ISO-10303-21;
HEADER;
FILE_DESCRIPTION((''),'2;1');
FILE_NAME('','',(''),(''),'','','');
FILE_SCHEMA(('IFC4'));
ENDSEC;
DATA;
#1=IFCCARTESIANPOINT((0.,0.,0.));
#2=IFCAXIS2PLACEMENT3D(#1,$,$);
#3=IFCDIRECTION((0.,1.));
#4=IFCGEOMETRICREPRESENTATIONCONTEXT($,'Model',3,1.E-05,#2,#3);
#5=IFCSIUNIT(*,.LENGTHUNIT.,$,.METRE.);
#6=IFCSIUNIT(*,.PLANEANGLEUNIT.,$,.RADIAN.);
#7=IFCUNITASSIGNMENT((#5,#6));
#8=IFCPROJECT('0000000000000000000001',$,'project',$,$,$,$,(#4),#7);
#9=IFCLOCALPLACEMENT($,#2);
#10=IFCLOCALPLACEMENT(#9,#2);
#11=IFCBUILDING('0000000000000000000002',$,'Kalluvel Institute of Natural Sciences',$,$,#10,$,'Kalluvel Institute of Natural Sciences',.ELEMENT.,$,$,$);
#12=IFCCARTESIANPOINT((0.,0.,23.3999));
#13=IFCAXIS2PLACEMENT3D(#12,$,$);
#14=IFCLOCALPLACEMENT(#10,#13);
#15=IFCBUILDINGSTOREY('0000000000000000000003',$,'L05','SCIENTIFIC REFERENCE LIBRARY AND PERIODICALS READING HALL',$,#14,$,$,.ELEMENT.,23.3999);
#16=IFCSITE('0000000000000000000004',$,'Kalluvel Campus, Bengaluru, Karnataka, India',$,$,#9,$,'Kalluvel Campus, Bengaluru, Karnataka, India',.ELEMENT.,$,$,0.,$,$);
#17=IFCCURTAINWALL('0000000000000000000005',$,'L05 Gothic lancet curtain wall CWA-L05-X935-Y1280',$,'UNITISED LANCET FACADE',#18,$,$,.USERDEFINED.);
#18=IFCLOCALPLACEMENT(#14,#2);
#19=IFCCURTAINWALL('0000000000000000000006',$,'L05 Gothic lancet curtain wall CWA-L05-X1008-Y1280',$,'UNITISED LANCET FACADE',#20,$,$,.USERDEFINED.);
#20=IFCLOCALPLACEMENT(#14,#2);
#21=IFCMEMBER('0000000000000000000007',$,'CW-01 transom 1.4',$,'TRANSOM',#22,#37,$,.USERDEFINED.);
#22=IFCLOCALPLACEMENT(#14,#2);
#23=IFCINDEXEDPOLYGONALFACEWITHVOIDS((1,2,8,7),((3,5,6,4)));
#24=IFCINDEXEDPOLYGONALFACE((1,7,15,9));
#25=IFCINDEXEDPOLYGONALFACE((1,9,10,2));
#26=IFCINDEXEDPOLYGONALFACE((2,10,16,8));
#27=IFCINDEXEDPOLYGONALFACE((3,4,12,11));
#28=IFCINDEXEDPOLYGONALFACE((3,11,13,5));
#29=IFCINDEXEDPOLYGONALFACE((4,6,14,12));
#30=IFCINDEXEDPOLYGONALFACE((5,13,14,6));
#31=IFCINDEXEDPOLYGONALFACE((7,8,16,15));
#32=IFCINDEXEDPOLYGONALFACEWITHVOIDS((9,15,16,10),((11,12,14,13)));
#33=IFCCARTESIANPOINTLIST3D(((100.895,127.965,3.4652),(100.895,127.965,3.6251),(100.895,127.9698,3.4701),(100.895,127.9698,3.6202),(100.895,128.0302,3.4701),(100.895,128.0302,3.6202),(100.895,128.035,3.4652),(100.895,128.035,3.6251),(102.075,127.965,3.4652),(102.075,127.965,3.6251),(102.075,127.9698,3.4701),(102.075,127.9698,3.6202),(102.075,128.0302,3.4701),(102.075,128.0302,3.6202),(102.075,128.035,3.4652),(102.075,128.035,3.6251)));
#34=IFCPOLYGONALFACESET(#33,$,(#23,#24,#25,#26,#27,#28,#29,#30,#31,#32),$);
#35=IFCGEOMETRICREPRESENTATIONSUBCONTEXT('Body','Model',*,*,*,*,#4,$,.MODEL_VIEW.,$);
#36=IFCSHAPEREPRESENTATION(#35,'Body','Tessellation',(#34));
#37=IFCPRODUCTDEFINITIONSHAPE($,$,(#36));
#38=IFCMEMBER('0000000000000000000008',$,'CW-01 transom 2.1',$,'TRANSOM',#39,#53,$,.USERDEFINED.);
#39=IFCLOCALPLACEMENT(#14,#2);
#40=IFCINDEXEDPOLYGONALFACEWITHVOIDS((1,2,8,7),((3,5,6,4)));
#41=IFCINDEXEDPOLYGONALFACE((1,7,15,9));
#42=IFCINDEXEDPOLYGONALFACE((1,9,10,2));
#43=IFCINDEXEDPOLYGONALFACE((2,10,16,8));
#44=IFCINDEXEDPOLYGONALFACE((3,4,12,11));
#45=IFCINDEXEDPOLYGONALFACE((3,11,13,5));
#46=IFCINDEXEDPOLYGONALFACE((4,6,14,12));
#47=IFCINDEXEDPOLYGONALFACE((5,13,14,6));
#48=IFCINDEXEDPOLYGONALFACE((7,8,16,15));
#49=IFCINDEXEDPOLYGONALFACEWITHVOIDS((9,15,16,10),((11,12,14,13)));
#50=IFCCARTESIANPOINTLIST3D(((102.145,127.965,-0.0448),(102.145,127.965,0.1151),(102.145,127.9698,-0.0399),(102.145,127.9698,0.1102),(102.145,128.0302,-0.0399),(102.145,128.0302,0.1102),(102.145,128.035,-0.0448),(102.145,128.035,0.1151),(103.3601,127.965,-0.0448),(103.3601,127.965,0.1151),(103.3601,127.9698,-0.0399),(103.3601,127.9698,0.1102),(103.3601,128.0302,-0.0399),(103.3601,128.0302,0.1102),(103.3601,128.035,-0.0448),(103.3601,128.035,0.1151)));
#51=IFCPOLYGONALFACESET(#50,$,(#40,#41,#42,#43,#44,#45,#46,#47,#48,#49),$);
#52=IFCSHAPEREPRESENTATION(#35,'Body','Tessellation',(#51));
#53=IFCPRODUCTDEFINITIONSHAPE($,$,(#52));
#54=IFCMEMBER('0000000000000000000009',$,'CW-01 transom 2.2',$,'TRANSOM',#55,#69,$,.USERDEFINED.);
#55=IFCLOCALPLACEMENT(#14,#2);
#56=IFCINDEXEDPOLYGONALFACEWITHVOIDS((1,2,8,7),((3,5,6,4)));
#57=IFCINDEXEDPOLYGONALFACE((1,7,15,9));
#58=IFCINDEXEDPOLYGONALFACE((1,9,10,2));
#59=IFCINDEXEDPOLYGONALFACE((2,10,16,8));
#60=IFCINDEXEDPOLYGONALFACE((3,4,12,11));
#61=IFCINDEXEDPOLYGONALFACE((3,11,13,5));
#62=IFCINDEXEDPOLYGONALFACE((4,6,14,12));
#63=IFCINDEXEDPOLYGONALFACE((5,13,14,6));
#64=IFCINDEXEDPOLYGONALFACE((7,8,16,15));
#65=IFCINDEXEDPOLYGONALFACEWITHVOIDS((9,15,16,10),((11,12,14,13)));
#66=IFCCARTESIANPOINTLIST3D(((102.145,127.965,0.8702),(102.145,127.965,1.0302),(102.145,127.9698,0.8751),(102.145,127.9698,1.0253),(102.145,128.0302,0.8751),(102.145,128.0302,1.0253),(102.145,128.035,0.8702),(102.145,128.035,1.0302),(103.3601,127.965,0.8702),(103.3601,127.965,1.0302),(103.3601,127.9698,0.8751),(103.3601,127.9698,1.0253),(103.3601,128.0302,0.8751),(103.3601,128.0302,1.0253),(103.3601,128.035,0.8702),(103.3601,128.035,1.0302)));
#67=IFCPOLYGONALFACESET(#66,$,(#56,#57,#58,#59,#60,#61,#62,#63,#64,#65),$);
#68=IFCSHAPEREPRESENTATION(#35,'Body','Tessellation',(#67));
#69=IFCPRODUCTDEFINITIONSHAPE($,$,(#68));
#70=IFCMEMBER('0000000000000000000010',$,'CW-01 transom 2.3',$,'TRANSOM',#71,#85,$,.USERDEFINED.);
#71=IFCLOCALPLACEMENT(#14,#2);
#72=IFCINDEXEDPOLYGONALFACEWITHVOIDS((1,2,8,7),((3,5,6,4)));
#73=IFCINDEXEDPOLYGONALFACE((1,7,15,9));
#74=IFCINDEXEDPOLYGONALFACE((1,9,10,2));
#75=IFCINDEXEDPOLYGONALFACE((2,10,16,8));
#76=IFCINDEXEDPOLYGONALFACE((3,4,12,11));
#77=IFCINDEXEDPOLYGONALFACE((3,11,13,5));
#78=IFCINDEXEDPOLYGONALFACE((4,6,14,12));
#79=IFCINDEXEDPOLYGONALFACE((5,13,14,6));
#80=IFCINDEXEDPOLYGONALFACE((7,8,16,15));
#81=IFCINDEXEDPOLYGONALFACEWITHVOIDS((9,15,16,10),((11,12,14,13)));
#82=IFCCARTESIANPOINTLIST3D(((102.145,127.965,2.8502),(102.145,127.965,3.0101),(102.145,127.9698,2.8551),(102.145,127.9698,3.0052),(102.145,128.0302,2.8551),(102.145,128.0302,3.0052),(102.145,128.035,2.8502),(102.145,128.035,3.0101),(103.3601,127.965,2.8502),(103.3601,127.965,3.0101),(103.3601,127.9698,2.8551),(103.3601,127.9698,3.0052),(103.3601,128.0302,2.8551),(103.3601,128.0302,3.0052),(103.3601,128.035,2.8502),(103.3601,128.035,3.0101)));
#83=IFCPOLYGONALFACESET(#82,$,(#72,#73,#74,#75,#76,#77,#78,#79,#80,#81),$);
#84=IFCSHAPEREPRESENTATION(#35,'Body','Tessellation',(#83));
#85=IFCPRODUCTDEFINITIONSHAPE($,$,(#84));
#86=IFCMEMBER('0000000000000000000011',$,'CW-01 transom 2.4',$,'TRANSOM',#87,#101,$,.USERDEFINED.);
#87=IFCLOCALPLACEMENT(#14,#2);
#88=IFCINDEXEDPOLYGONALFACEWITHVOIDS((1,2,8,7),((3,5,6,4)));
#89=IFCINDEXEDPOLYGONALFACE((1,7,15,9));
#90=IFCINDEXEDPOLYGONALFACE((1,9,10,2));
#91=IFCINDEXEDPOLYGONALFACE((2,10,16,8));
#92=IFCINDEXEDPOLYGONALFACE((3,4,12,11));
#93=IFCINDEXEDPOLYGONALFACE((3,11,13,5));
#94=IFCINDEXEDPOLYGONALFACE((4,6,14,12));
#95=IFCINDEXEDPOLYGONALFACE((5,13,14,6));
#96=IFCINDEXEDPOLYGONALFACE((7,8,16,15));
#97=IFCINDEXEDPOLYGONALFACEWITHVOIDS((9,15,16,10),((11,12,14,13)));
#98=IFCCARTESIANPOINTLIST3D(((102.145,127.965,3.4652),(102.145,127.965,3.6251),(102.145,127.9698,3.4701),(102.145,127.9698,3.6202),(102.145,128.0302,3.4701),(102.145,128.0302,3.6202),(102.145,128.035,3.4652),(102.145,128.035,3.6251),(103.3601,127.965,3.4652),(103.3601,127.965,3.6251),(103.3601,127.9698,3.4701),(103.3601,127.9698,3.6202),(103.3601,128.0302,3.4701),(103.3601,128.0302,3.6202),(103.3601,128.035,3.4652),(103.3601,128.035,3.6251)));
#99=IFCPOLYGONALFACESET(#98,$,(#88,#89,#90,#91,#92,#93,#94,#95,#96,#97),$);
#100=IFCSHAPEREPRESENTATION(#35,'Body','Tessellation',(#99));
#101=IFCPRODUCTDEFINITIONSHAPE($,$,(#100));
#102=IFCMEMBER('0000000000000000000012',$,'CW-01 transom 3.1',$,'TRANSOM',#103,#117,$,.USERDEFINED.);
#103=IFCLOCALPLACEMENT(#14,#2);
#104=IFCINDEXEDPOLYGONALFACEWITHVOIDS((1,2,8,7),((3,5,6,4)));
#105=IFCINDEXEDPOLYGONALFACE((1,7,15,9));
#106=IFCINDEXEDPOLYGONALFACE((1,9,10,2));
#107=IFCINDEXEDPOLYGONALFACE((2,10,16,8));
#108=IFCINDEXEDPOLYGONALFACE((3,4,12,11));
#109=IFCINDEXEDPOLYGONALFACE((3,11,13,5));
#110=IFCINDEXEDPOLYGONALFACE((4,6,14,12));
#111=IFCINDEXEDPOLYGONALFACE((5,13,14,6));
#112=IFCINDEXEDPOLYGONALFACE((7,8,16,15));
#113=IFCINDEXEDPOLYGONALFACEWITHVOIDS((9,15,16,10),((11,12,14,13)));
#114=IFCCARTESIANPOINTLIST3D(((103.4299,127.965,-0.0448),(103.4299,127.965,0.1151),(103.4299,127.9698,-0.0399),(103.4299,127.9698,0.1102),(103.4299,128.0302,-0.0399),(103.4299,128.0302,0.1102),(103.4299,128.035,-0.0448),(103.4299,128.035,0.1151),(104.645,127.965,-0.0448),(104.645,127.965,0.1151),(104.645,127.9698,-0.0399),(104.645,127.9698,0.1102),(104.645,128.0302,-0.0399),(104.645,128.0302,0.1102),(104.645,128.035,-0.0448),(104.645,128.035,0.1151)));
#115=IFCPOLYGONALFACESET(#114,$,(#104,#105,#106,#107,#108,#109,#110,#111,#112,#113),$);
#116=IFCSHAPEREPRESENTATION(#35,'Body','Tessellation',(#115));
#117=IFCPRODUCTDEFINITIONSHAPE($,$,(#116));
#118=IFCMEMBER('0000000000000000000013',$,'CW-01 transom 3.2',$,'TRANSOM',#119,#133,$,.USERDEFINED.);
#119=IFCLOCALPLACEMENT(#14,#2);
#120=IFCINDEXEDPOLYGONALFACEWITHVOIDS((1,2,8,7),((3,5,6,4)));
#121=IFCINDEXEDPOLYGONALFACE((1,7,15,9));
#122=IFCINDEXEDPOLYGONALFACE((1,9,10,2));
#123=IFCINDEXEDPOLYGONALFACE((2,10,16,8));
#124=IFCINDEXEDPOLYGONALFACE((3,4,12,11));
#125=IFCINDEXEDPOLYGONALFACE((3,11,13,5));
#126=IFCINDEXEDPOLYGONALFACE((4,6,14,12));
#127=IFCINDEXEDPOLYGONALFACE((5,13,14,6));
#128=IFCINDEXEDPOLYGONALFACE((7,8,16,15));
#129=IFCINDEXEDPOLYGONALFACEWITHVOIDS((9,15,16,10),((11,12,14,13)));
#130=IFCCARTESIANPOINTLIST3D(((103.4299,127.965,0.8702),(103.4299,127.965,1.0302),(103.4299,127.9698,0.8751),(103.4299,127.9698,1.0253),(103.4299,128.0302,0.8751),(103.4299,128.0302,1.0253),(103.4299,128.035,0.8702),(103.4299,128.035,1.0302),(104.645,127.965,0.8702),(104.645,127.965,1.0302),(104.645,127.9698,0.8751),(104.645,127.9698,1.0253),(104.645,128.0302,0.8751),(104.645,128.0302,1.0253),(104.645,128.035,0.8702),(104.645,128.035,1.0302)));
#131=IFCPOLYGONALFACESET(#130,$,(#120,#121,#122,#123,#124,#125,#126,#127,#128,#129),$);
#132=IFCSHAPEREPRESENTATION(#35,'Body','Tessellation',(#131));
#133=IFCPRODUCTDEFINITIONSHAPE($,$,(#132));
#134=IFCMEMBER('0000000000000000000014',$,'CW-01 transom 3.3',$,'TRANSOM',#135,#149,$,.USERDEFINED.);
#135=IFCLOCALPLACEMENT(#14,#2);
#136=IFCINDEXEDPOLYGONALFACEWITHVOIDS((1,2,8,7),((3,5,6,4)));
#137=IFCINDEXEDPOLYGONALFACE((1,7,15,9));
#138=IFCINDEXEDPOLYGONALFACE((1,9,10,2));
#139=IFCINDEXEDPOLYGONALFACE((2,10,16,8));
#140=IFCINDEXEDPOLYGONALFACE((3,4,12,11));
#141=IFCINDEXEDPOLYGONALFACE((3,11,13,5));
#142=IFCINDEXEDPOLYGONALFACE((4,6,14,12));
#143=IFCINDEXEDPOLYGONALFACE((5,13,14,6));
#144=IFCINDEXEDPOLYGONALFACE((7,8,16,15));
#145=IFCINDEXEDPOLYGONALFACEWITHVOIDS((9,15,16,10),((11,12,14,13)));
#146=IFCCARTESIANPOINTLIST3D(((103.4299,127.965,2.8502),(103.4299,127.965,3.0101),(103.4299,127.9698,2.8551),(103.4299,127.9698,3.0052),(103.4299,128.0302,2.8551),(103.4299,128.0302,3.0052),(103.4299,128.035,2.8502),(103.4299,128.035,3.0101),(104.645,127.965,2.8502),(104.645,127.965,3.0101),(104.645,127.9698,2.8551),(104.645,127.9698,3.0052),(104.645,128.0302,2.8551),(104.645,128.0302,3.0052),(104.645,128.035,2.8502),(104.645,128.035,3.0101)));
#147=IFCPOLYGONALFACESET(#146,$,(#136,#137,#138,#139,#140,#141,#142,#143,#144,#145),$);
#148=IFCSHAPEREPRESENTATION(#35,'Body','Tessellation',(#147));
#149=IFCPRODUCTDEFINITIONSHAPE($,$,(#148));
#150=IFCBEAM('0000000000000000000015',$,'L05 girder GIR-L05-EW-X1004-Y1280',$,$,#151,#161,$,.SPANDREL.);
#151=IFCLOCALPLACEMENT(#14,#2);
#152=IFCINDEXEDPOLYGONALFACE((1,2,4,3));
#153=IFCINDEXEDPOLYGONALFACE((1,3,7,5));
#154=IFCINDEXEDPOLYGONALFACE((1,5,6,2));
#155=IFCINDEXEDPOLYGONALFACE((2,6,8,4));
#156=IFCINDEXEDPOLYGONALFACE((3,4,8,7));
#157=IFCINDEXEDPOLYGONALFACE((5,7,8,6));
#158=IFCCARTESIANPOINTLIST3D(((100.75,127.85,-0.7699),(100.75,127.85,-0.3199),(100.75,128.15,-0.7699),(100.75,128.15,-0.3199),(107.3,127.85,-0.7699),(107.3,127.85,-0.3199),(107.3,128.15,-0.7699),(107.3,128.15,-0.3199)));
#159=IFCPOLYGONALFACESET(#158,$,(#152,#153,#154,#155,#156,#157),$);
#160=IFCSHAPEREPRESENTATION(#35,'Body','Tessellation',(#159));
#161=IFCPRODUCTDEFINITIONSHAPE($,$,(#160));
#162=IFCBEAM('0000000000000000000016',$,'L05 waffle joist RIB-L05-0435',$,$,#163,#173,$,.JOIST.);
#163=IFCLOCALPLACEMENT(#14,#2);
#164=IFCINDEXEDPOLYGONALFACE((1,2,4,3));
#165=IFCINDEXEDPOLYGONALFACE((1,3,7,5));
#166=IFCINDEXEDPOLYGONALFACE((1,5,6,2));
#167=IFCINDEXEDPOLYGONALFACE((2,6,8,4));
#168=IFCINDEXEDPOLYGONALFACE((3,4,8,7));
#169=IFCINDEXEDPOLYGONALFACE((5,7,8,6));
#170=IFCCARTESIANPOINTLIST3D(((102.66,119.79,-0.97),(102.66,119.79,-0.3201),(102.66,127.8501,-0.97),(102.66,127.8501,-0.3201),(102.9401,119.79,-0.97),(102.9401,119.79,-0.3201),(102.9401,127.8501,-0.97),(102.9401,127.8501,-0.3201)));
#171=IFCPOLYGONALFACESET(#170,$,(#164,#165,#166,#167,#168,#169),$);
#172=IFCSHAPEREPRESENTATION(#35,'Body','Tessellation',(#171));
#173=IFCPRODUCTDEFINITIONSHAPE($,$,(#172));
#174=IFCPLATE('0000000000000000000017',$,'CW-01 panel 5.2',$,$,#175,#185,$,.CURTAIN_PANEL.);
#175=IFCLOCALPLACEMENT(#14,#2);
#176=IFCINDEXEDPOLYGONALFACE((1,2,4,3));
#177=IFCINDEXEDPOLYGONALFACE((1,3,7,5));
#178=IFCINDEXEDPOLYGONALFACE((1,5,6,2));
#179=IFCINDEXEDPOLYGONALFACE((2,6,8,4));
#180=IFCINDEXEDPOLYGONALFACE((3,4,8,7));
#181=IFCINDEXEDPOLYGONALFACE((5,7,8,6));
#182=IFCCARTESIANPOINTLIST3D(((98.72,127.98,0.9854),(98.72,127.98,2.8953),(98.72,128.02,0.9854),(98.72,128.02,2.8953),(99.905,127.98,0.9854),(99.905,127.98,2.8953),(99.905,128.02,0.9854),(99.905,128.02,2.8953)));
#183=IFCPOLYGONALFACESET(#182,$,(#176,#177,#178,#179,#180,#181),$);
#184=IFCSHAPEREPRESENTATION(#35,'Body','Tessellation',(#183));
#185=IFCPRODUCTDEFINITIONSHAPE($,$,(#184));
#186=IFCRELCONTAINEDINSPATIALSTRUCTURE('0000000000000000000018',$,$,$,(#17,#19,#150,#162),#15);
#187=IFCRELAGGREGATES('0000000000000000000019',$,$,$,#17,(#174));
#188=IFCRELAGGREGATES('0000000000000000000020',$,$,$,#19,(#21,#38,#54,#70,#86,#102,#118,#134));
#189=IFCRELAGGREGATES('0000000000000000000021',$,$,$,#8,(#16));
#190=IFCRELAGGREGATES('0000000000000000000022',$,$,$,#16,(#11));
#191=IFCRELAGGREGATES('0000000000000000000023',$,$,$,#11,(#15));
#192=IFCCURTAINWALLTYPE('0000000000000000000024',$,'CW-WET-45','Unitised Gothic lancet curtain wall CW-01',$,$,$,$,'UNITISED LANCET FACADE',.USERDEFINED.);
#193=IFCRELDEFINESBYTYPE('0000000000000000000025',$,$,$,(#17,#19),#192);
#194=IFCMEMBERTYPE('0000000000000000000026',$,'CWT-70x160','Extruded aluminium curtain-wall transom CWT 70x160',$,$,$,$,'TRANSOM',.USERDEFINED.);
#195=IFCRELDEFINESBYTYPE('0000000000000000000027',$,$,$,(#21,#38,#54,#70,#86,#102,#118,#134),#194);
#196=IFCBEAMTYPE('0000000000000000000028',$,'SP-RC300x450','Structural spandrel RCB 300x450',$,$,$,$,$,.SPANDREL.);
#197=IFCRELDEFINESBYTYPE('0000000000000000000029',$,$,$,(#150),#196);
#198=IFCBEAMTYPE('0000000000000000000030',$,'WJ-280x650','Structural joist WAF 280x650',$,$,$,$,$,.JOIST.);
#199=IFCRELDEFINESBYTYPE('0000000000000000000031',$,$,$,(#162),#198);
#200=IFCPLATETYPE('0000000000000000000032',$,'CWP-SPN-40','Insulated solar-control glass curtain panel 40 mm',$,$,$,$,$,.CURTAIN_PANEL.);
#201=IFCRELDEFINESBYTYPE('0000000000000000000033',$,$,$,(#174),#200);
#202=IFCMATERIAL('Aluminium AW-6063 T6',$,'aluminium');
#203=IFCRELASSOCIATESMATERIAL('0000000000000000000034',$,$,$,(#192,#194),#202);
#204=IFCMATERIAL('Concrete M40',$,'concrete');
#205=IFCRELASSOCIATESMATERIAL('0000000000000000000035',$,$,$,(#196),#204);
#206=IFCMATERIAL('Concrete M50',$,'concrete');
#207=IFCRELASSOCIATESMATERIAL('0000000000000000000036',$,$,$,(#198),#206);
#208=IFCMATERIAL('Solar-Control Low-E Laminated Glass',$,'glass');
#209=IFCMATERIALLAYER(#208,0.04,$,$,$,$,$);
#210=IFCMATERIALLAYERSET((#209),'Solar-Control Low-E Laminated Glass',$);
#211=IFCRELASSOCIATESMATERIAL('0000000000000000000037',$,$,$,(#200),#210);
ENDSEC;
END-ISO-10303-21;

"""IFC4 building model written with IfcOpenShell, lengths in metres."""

from ifc_helpers import new_model, si_unit, direction, frame, origin, origin_2d, place, context, subcontext, project, spatial, rectangle, hollow_rectangle, extrude, material, layer, layer_set, material_profile, profile_set, type_object, element, aggregate, save


model = new_model("IFC4")

# Units and contexts
model_context = context("Model", 3, precision=1e-05, world=origin(), true_north=direction((0.0, 1.0)))
body_context = subcontext(model_context, "Body", "Model", "MODEL_VIEW")
ifc_project = project(units=[si_unit("LENGTHUNIT", "METRE"), si_unit("PLANEANGLEUNIT", "RADIAN")], contexts=[model_context])

# Site, building, storey
site_placement = place(None, origin())
site = spatial("IfcSite", under=ifc_project, at=site_placement, Name="Kalluvel Campus, Bengaluru, Karnataka, India", LongName="Kalluvel Campus, Bengaluru, Karnataka, India", CompositionType="ELEMENT", RefElevation=0.0)
building_placement = place(site_placement, origin())
building = spatial("IfcBuilding", under=site, at=building_placement, Name="Kalluvel Institute of Natural Sciences", LongName="Kalluvel Institute of Natural Sciences", CompositionType="ELEMENT")
storey_placement = place(building_placement, frame((0.0, 0.0, 23.3999)))
storey = spatial("IfcBuildingStorey", under=building, at=storey_placement, Name="L05", Description="SCIENTIFIC REFERENCE LIBRARY AND PERIODICALS READING HALL", CompositionType="ELEMENT", Elevation=23.3999)

# Shared definitions
ifc_material_1 = material(Name="Concrete M40", Category="concrete")

# Curtain wall
ifc_material_2 = material(Name="Aluminium AW-6063 T6", Category="aluminium")
curtain_wall_type = type_object("IfcCurtainWallType", Name="CW-WET-45", Description="Unitised Gothic lancet curtain wall CW-01", ElementType="UNITISED LANCET FACADE", PredefinedType="USERDEFINED", material=ifc_material_2)
curtain_wall_1_placement = place(storey_placement, origin())
curtain_wall_1 = element("IfcCurtainWall", 1, at=curtain_wall_1_placement, inside=storey, type_object=curtain_wall_type, Name="L05 Gothic lancet curtain wall CWA-L05-X935-Y1280", ObjectType="UNITISED LANCET FACADE", PredefinedType="USERDEFINED")

# Curtain wall, members
curtain_wall_2_placement = place(storey_placement, origin())
curtain_wall_2 = element("IfcCurtainWall", 2, at=curtain_wall_2_placement, inside=storey, type_object=curtain_wall_type, Name="L05 Gothic lancet curtain wall CWA-L05-X1008-Y1280", ObjectType="UNITISED LANCET FACADE", PredefinedType="USERDEFINED")
ifc_material_profile_1 = material_profile(ifc_material_2, hollow_rectangle(XDim=0.0701, YDim=0.1599, WallThickness=0.0049, at=origin_2d()), Name="CWT 70x160")
ifc_profile_set_1 = profile_set([ifc_material_profile_1], Name="Aluminium AW-6063 T6")
member_type_1 = type_object("IfcMemberType", Name="CWT-70x160", Description="Extruded aluminium curtain-wall transom CWT 70x160", ElementType="TRANSOM", PredefinedType="USERDEFINED", material=ifc_profile_set_1)
member_1_placement = place(storey_placement, frame((100.895, 128.0, 3.5452), z_axis=(1.0, 0.0, 0.0), x_axis=(0.0, 1.0, 0.0)))
member_1 = element("IfcMember", 3, at=member_1_placement, type_object=member_type_1, Name="CW-01 transom 1.4", ObjectType="TRANSOM", PredefinedType="USERDEFINED", context=body_context, shape_type="SweptSolid", body=[
    extrude(hollow_rectangle(XDim=0.0701, YDim=0.1599, WallThickness=0.0049, at=origin_2d()), origin(), (0.0, 0.0, 1.0), 1.1799),
])
member_2_placement = place(storey_placement, frame((102.145, 128.0, 0.0352), z_axis=(1.0, 0.0, 0.0), x_axis=(0.0, 1.0, 0.0)))
member_2 = element("IfcMember", 4, at=member_2_placement, type_object=member_type_1, Name="CW-01 transom 2.1", ObjectType="TRANSOM", PredefinedType="USERDEFINED", context=body_context, shape_type="SweptSolid", body=[
    extrude(hollow_rectangle(XDim=0.0701, YDim=0.1599, WallThickness=0.0049, at=origin_2d()), origin(), (0.0, 0.0, 1.0), 1.2151),
])
member_3_placement = place(storey_placement, frame((102.145, 128.0, 0.9502), z_axis=(1.0, 0.0, 0.0), x_axis=(0.0, 1.0, 0.0)))
member_3 = element("IfcMember", 5, at=member_3_placement, type_object=member_type_1, Name="CW-01 transom 2.2", ObjectType="TRANSOM", PredefinedType="USERDEFINED", context=body_context, shape_type="SweptSolid", body=[
    extrude(hollow_rectangle(XDim=0.0701, YDim=0.1599, WallThickness=0.0049, at=origin_2d()), origin(), (0.0, 0.0, 1.0), 1.2151),
])
member_4_placement = place(storey_placement, frame((102.145, 128.0, 2.9302), z_axis=(1.0, 0.0, 0.0), x_axis=(0.0, 1.0, 0.0)))
member_4 = element("IfcMember", 6, at=member_4_placement, type_object=member_type_1, Name="CW-01 transom 2.3", ObjectType="TRANSOM", PredefinedType="USERDEFINED", context=body_context, shape_type="SweptSolid", body=[
    extrude(hollow_rectangle(XDim=0.0701, YDim=0.1599, WallThickness=0.0049, at=origin_2d()), origin(), (0.0, 0.0, 1.0), 1.2151),
])
member_5_placement = place(storey_placement, frame((102.145, 128.0, 3.5452), z_axis=(1.0, 0.0, 0.0), x_axis=(0.0, 1.0, 0.0)))
member_5 = element("IfcMember", 7, at=member_5_placement, type_object=member_type_1, Name="CW-01 transom 2.4", ObjectType="TRANSOM", PredefinedType="USERDEFINED", context=body_context, shape_type="SweptSolid", body=[
    extrude(hollow_rectangle(XDim=0.0701, YDim=0.1599, WallThickness=0.0049, at=origin_2d()), origin(), (0.0, 0.0, 1.0), 1.2151),
])
member_6_placement = place(storey_placement, frame((103.4299, 128.0, 0.0352), z_axis=(1.0, 0.0, 0.0), x_axis=(0.0, 1.0, 0.0)))
member_6 = element("IfcMember", 8, at=member_6_placement, type_object=member_type_1, Name="CW-01 transom 3.1", ObjectType="TRANSOM", PredefinedType="USERDEFINED", context=body_context, shape_type="SweptSolid", body=[
    extrude(hollow_rectangle(XDim=0.0701, YDim=0.1599, WallThickness=0.0049, at=origin_2d()), origin(), (0.0, 0.0, 1.0), 1.2151),
])
member_7_placement = place(storey_placement, frame((103.4299, 128.0, 0.9502), z_axis=(1.0, 0.0, 0.0), x_axis=(0.0, 1.0, 0.0)))
member_7 = element("IfcMember", 9, at=member_7_placement, type_object=member_type_1, Name="CW-01 transom 3.2", ObjectType="TRANSOM", PredefinedType="USERDEFINED", context=body_context, shape_type="SweptSolid", body=[
    extrude(hollow_rectangle(XDim=0.0701, YDim=0.1599, WallThickness=0.0049, at=origin_2d()), origin(), (0.0, 0.0, 1.0), 1.2151),
])
member_8_placement = place(storey_placement, frame((103.4299, 128.0, 2.9302), z_axis=(1.0, 0.0, 0.0), x_axis=(0.0, 1.0, 0.0)))
member_8 = element("IfcMember", 10, at=member_8_placement, type_object=member_type_1, Name="CW-01 transom 3.3", ObjectType="TRANSOM", PredefinedType="USERDEFINED", context=body_context, shape_type="SweptSolid", body=[
    extrude(hollow_rectangle(XDim=0.0701, YDim=0.1599, WallThickness=0.0049, at=origin_2d()), origin(), (0.0, 0.0, 1.0), 1.2151),
])

# Beams
ifc_material_profile_2 = material_profile(ifc_material_1, rectangle(XDim=0.3, YDim=0.45, at=origin_2d()), Name="RCB 300x450")
ifc_profile_set_2 = profile_set([ifc_material_profile_2], Name="Concrete M40")
beam_type_1 = type_object("IfcBeamType", Name="SP-RC300x450", Description="Structural spandrel RCB 300x450", PredefinedType="SPANDREL", material=ifc_profile_set_2)
beam_1_placement = place(storey_placement, frame((100.75, 128.0, -0.5449), z_axis=(1.0, 0.0, 0.0), x_axis=(0.0, 1.0, 0.0)))
element("IfcBeam", 11, at=beam_1_placement, inside=storey, type_object=beam_type_1, Name="L05 girder GIR-L05-EW-X1004-Y1280", PredefinedType="SPANDREL", context=body_context, shape_type="SweptSolid", body=[
    extrude(rectangle(XDim=0.3, YDim=0.45, at=origin_2d()), origin(), (0.0, 0.0, 1.0), 6.55),
])
ifc_material_3 = material(Name="Concrete M50", Category="concrete")
ifc_material_profile_3 = material_profile(ifc_material_3, rectangle(XDim=0.28, YDim=0.6499, at=origin_2d()), Name="WAF 280x650")
ifc_profile_set_3 = profile_set([ifc_material_profile_3], Name="Concrete M50")
beam_type_2 = type_object("IfcBeamType", Name="WJ-280x650", Description="Structural joist WAF 280x650", PredefinedType="JOIST", material=ifc_profile_set_3)
beam_2_placement = place(storey_placement, frame((102.8, 119.79, -0.645), z_axis=(0.0, 1.0, 0.0), x_axis=(-1.0, 0.0, 0.0)))
element("IfcBeam", 12, at=beam_2_placement, inside=storey, type_object=beam_type_2, Name="L05 waffle joist RIB-L05-0435", PredefinedType="JOIST", context=body_context, shape_type="SweptSolid", body=[
    extrude(rectangle(XDim=0.28, YDim=0.6499, at=origin_2d()), origin(), (0.0, 0.0, 1.0), 8.0601),
])

# Plate
ifc_material_4 = material(Name="Solar-Control Low-E Laminated Glass", Category="glass")
ifc_layer = layer(ifc_material_4, 0.04)
ifc_layer_set = layer_set([ifc_layer], Name="Solar-Control Low-E Laminated Glass")
plate_type = type_object("IfcPlateType", Name="CWP-SPN-40", Description="Insulated solar-control glass curtain panel 40 mm", PredefinedType="CURTAIN_PANEL", material=ifc_layer_set)
plate_1_placement = place(storey_placement, frame((99.3125, 128.0, 0.9854), z_axis=(0.0, 0.0, 1.0), x_axis=(1.0, 0.0, 0.0)))
plate_1 = element("IfcPlate", 13, at=plate_1_placement, type_object=plate_type, Name="CW-01 panel 5.2", PredefinedType="CURTAIN_PANEL", context=body_context, shape_type="SweptSolid", body=[
    extrude(rectangle(XDim=1.1851, YDim=0.04, at=origin_2d()), origin(), (0.0, 0.0, 1.0), 1.9099),
])
aggregate(curtain_wall_1, [plate_1])
aggregate(curtain_wall_2, [member_1, member_2, member_3, member_4, member_5, member_6, member_7, member_8])

save(model, "model.ifc")
